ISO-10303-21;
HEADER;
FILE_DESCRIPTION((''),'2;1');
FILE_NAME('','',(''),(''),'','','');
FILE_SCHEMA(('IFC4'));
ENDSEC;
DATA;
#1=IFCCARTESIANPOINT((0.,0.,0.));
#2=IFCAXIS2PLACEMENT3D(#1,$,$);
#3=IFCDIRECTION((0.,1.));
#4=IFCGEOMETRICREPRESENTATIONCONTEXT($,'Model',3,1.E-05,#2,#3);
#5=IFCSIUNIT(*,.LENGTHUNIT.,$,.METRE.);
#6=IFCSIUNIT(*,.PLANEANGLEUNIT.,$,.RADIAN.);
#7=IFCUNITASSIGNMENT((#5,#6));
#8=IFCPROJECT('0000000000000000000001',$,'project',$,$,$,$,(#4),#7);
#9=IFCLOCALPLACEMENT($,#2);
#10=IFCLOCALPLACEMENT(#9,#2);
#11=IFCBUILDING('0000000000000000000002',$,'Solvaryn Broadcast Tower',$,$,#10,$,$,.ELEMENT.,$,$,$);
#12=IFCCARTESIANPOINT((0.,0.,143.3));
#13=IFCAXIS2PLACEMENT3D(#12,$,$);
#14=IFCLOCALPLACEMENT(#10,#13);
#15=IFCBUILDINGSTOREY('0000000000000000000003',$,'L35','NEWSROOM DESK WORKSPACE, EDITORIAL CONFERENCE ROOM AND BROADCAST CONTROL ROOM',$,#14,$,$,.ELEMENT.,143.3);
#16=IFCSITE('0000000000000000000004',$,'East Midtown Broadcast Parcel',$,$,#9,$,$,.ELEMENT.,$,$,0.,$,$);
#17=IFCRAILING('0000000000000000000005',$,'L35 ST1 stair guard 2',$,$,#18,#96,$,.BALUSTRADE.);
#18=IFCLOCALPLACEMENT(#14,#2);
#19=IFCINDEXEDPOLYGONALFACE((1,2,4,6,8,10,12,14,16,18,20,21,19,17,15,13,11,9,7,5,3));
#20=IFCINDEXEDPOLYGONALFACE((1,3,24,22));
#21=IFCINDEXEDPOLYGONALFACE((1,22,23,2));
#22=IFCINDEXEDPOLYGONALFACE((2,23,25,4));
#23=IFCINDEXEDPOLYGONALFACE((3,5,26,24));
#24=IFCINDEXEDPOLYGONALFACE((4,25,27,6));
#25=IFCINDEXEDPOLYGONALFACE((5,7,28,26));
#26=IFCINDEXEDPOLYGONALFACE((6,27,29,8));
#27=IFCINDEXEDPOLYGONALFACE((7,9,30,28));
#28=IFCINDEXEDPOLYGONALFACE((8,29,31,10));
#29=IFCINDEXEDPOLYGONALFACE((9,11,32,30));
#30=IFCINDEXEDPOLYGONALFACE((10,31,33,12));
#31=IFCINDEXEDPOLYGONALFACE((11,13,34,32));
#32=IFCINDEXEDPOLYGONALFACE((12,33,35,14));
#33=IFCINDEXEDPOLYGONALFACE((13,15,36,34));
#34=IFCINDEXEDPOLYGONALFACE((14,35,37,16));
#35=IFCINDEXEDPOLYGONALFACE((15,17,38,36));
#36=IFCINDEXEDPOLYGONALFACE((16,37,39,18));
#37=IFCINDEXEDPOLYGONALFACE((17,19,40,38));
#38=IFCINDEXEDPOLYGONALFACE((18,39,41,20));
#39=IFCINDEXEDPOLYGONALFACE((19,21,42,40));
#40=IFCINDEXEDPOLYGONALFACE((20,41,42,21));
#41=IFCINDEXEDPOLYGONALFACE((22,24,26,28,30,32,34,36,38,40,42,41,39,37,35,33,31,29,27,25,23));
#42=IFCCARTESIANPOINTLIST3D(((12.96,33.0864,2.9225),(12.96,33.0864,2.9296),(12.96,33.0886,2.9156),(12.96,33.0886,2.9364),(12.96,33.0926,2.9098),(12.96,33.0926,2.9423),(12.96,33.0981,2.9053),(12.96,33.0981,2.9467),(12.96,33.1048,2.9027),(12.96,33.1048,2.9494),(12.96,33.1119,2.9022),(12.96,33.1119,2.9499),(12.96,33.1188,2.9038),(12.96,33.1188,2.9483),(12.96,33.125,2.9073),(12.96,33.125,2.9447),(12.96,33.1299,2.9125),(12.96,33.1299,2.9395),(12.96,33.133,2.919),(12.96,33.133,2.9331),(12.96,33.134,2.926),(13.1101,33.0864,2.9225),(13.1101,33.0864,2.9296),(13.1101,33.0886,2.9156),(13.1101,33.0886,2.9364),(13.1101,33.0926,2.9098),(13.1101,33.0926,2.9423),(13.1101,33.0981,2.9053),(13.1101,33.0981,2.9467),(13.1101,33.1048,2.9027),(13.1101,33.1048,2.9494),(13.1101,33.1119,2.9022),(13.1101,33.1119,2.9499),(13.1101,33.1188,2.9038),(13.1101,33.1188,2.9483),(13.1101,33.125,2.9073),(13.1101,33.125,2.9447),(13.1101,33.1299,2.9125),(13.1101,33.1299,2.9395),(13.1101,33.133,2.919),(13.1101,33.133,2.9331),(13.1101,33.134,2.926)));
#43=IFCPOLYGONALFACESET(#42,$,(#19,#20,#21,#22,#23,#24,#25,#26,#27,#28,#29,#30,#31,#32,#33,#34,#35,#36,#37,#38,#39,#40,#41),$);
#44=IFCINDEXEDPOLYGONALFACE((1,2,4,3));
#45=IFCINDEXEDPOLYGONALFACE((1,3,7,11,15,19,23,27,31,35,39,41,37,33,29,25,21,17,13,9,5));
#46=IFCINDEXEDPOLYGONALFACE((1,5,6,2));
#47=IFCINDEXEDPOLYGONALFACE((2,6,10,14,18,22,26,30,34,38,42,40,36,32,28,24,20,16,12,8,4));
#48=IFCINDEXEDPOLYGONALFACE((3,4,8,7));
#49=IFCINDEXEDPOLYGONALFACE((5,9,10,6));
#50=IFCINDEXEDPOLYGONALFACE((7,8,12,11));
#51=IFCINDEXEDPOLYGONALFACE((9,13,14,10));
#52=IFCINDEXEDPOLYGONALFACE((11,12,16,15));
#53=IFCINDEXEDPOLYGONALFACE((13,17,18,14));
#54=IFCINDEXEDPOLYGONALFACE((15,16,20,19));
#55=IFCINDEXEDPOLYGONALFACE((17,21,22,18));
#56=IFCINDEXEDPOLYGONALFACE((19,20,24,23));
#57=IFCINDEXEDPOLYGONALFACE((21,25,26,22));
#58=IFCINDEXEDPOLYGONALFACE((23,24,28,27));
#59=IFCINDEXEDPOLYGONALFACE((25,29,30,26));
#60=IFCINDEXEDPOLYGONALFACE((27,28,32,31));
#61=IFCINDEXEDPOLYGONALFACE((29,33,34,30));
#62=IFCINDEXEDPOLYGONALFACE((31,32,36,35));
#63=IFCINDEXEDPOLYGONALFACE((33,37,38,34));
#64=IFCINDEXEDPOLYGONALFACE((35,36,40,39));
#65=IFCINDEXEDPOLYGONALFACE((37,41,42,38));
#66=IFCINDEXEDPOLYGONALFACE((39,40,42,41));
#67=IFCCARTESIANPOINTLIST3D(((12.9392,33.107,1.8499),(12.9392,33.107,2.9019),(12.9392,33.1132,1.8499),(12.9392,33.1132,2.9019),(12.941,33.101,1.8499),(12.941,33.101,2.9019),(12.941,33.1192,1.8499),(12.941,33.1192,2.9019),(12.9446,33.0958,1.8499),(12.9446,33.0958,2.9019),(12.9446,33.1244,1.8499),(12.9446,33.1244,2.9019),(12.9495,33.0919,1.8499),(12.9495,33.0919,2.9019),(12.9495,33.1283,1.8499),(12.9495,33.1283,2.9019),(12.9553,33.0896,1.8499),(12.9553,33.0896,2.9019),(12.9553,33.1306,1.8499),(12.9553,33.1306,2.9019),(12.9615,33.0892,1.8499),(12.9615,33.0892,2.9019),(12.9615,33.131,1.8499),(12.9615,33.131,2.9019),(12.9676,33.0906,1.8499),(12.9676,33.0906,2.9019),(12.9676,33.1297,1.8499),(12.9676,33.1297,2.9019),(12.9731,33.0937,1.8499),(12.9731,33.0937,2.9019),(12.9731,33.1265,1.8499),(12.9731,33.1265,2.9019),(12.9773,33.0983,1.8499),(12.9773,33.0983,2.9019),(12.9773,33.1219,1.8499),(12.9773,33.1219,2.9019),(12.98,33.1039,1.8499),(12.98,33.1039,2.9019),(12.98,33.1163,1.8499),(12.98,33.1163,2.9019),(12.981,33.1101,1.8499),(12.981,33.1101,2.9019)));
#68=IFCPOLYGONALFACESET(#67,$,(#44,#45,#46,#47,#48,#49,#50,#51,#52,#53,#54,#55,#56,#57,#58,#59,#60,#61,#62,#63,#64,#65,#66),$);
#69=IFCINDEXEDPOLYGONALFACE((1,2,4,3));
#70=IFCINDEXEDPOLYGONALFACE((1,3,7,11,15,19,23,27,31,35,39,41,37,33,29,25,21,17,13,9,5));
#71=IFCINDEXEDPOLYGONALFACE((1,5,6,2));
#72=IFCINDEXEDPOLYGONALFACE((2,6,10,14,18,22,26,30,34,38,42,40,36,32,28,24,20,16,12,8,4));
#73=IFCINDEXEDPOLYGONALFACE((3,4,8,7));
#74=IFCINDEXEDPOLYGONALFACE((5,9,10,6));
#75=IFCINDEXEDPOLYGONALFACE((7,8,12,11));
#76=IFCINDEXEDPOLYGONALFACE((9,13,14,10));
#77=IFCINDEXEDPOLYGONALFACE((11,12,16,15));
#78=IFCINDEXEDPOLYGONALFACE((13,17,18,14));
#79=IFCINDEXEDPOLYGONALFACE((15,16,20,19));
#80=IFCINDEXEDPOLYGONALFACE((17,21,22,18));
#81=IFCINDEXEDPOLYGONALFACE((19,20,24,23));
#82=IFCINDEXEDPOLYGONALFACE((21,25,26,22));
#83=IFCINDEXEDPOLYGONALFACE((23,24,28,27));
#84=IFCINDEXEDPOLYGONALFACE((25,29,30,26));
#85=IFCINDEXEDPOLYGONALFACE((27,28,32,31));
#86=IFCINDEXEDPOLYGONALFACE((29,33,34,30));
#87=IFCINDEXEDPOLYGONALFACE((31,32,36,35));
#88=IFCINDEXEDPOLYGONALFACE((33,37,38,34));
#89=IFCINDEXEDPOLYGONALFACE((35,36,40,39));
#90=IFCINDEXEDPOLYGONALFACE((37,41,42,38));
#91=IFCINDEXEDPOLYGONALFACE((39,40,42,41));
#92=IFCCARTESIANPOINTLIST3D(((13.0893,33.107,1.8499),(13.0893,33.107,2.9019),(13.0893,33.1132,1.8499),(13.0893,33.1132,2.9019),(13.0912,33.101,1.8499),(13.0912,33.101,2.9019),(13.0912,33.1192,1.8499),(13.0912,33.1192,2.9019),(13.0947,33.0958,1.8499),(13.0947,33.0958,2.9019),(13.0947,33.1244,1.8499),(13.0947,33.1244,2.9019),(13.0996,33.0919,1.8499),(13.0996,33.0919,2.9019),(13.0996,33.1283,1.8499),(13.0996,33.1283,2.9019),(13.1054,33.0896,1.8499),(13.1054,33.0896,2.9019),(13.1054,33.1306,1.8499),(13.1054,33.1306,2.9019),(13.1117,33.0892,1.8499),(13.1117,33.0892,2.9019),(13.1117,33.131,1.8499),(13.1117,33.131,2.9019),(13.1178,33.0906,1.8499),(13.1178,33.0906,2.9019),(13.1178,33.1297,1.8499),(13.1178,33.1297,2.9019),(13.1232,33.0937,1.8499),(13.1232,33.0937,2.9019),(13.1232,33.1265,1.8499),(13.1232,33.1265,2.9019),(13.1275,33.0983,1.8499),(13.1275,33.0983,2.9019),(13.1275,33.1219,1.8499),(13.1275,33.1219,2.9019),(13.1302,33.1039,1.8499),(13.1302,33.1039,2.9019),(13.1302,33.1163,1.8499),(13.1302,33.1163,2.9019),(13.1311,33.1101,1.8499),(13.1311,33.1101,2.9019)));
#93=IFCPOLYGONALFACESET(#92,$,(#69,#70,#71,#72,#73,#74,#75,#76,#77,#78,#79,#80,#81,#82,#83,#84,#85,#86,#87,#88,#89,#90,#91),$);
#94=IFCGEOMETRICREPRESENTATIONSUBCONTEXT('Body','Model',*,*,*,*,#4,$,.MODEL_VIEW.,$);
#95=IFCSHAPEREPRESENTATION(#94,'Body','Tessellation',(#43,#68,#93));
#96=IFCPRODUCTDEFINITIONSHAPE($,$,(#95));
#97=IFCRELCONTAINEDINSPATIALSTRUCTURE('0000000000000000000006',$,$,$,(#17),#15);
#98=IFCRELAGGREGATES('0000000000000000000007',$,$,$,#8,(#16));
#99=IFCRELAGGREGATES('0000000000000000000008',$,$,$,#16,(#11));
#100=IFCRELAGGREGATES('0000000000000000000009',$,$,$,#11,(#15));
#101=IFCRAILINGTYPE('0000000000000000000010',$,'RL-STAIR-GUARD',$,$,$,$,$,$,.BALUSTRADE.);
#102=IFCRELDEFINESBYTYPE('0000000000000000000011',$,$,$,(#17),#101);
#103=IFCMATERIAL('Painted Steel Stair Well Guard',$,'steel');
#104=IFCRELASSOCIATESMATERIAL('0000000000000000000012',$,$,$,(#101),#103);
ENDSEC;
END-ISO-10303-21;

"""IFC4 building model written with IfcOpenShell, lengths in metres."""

from ifc_helpers import new_model, si_unit, direction, frame, origin, origin_2d, place, context, subcontext, project, spatial, circle, extrude, material, type_object, element, save


model = new_model("IFC4")

# Units and contexts
model_context = context("Model", 3, precision=1e-05, world=origin(), true_north=direction((0.0, 1.0)))
body_context = subcontext(model_context, "Body", "Model", "MODEL_VIEW")
ifc_project = project(units=[si_unit("LENGTHUNIT", "METRE"), si_unit("PLANEANGLEUNIT", "RADIAN")], contexts=[model_context])

# Site, building, storey
site_placement = place(None, origin())
site = spatial("IfcSite", under=ifc_project, at=site_placement, Name="East Midtown Broadcast Parcel", CompositionType="ELEMENT", RefElevation=0.0)
building_placement = place(site_placement, origin())
building = spatial("IfcBuilding", under=site, at=building_placement, Name="Solvaryn Broadcast Tower", CompositionType="ELEMENT")
storey_placement = place(building_placement, frame((0.0, 0.0, 143.3)))
storey = spatial("IfcBuildingStorey", under=building, at=storey_placement, Name="L35", Description="NEWSROOM DESK WORKSPACE, EDITORIAL CONFERENCE ROOM AND BROADCAST CONTROL ROOM", CompositionType="ELEMENT", Elevation=143.3)

# Railing
ifc_material_1 = material(Name="Painted Steel Stair Well Guard", Category="steel")
railing_type_1 = type_object("IfcRailingType", Name="RL-STAIR-GUARD", PredefinedType="BALUSTRADE", material=ifc_material_1)
railing_1_placement = place(storey_placement, frame((12.96, 33.1101, 1.8499)))
element("IfcRailing", 1, at=railing_1_placement, inside=storey, type_object=railing_type_1, Name="L35 ST1 stair guard 2", PredefinedType="BALUSTRADE", context=body_context, shape_type="SweptSolid", body=[
    extrude(circle(Radius=0.0239, at=origin_2d()), frame((0.0, 0.0, 1.0762), z_axis=(1.0, 0.0, 0.0), x_axis=(0.0, 1.0, 0.0)), (0.0, 0.0, 1.0), 0.1501),
    extrude(circle(Radius=0.021, at=origin_2d()), origin(), (0.0, 0.0, 1.0), 1.052),
    extrude(circle(Radius=0.021, at=origin_2d()), frame((0.1501, 0.0, 0.0)), (0.0, 0.0, 1.0), 1.052),
])

save(model, "model.ifc")
